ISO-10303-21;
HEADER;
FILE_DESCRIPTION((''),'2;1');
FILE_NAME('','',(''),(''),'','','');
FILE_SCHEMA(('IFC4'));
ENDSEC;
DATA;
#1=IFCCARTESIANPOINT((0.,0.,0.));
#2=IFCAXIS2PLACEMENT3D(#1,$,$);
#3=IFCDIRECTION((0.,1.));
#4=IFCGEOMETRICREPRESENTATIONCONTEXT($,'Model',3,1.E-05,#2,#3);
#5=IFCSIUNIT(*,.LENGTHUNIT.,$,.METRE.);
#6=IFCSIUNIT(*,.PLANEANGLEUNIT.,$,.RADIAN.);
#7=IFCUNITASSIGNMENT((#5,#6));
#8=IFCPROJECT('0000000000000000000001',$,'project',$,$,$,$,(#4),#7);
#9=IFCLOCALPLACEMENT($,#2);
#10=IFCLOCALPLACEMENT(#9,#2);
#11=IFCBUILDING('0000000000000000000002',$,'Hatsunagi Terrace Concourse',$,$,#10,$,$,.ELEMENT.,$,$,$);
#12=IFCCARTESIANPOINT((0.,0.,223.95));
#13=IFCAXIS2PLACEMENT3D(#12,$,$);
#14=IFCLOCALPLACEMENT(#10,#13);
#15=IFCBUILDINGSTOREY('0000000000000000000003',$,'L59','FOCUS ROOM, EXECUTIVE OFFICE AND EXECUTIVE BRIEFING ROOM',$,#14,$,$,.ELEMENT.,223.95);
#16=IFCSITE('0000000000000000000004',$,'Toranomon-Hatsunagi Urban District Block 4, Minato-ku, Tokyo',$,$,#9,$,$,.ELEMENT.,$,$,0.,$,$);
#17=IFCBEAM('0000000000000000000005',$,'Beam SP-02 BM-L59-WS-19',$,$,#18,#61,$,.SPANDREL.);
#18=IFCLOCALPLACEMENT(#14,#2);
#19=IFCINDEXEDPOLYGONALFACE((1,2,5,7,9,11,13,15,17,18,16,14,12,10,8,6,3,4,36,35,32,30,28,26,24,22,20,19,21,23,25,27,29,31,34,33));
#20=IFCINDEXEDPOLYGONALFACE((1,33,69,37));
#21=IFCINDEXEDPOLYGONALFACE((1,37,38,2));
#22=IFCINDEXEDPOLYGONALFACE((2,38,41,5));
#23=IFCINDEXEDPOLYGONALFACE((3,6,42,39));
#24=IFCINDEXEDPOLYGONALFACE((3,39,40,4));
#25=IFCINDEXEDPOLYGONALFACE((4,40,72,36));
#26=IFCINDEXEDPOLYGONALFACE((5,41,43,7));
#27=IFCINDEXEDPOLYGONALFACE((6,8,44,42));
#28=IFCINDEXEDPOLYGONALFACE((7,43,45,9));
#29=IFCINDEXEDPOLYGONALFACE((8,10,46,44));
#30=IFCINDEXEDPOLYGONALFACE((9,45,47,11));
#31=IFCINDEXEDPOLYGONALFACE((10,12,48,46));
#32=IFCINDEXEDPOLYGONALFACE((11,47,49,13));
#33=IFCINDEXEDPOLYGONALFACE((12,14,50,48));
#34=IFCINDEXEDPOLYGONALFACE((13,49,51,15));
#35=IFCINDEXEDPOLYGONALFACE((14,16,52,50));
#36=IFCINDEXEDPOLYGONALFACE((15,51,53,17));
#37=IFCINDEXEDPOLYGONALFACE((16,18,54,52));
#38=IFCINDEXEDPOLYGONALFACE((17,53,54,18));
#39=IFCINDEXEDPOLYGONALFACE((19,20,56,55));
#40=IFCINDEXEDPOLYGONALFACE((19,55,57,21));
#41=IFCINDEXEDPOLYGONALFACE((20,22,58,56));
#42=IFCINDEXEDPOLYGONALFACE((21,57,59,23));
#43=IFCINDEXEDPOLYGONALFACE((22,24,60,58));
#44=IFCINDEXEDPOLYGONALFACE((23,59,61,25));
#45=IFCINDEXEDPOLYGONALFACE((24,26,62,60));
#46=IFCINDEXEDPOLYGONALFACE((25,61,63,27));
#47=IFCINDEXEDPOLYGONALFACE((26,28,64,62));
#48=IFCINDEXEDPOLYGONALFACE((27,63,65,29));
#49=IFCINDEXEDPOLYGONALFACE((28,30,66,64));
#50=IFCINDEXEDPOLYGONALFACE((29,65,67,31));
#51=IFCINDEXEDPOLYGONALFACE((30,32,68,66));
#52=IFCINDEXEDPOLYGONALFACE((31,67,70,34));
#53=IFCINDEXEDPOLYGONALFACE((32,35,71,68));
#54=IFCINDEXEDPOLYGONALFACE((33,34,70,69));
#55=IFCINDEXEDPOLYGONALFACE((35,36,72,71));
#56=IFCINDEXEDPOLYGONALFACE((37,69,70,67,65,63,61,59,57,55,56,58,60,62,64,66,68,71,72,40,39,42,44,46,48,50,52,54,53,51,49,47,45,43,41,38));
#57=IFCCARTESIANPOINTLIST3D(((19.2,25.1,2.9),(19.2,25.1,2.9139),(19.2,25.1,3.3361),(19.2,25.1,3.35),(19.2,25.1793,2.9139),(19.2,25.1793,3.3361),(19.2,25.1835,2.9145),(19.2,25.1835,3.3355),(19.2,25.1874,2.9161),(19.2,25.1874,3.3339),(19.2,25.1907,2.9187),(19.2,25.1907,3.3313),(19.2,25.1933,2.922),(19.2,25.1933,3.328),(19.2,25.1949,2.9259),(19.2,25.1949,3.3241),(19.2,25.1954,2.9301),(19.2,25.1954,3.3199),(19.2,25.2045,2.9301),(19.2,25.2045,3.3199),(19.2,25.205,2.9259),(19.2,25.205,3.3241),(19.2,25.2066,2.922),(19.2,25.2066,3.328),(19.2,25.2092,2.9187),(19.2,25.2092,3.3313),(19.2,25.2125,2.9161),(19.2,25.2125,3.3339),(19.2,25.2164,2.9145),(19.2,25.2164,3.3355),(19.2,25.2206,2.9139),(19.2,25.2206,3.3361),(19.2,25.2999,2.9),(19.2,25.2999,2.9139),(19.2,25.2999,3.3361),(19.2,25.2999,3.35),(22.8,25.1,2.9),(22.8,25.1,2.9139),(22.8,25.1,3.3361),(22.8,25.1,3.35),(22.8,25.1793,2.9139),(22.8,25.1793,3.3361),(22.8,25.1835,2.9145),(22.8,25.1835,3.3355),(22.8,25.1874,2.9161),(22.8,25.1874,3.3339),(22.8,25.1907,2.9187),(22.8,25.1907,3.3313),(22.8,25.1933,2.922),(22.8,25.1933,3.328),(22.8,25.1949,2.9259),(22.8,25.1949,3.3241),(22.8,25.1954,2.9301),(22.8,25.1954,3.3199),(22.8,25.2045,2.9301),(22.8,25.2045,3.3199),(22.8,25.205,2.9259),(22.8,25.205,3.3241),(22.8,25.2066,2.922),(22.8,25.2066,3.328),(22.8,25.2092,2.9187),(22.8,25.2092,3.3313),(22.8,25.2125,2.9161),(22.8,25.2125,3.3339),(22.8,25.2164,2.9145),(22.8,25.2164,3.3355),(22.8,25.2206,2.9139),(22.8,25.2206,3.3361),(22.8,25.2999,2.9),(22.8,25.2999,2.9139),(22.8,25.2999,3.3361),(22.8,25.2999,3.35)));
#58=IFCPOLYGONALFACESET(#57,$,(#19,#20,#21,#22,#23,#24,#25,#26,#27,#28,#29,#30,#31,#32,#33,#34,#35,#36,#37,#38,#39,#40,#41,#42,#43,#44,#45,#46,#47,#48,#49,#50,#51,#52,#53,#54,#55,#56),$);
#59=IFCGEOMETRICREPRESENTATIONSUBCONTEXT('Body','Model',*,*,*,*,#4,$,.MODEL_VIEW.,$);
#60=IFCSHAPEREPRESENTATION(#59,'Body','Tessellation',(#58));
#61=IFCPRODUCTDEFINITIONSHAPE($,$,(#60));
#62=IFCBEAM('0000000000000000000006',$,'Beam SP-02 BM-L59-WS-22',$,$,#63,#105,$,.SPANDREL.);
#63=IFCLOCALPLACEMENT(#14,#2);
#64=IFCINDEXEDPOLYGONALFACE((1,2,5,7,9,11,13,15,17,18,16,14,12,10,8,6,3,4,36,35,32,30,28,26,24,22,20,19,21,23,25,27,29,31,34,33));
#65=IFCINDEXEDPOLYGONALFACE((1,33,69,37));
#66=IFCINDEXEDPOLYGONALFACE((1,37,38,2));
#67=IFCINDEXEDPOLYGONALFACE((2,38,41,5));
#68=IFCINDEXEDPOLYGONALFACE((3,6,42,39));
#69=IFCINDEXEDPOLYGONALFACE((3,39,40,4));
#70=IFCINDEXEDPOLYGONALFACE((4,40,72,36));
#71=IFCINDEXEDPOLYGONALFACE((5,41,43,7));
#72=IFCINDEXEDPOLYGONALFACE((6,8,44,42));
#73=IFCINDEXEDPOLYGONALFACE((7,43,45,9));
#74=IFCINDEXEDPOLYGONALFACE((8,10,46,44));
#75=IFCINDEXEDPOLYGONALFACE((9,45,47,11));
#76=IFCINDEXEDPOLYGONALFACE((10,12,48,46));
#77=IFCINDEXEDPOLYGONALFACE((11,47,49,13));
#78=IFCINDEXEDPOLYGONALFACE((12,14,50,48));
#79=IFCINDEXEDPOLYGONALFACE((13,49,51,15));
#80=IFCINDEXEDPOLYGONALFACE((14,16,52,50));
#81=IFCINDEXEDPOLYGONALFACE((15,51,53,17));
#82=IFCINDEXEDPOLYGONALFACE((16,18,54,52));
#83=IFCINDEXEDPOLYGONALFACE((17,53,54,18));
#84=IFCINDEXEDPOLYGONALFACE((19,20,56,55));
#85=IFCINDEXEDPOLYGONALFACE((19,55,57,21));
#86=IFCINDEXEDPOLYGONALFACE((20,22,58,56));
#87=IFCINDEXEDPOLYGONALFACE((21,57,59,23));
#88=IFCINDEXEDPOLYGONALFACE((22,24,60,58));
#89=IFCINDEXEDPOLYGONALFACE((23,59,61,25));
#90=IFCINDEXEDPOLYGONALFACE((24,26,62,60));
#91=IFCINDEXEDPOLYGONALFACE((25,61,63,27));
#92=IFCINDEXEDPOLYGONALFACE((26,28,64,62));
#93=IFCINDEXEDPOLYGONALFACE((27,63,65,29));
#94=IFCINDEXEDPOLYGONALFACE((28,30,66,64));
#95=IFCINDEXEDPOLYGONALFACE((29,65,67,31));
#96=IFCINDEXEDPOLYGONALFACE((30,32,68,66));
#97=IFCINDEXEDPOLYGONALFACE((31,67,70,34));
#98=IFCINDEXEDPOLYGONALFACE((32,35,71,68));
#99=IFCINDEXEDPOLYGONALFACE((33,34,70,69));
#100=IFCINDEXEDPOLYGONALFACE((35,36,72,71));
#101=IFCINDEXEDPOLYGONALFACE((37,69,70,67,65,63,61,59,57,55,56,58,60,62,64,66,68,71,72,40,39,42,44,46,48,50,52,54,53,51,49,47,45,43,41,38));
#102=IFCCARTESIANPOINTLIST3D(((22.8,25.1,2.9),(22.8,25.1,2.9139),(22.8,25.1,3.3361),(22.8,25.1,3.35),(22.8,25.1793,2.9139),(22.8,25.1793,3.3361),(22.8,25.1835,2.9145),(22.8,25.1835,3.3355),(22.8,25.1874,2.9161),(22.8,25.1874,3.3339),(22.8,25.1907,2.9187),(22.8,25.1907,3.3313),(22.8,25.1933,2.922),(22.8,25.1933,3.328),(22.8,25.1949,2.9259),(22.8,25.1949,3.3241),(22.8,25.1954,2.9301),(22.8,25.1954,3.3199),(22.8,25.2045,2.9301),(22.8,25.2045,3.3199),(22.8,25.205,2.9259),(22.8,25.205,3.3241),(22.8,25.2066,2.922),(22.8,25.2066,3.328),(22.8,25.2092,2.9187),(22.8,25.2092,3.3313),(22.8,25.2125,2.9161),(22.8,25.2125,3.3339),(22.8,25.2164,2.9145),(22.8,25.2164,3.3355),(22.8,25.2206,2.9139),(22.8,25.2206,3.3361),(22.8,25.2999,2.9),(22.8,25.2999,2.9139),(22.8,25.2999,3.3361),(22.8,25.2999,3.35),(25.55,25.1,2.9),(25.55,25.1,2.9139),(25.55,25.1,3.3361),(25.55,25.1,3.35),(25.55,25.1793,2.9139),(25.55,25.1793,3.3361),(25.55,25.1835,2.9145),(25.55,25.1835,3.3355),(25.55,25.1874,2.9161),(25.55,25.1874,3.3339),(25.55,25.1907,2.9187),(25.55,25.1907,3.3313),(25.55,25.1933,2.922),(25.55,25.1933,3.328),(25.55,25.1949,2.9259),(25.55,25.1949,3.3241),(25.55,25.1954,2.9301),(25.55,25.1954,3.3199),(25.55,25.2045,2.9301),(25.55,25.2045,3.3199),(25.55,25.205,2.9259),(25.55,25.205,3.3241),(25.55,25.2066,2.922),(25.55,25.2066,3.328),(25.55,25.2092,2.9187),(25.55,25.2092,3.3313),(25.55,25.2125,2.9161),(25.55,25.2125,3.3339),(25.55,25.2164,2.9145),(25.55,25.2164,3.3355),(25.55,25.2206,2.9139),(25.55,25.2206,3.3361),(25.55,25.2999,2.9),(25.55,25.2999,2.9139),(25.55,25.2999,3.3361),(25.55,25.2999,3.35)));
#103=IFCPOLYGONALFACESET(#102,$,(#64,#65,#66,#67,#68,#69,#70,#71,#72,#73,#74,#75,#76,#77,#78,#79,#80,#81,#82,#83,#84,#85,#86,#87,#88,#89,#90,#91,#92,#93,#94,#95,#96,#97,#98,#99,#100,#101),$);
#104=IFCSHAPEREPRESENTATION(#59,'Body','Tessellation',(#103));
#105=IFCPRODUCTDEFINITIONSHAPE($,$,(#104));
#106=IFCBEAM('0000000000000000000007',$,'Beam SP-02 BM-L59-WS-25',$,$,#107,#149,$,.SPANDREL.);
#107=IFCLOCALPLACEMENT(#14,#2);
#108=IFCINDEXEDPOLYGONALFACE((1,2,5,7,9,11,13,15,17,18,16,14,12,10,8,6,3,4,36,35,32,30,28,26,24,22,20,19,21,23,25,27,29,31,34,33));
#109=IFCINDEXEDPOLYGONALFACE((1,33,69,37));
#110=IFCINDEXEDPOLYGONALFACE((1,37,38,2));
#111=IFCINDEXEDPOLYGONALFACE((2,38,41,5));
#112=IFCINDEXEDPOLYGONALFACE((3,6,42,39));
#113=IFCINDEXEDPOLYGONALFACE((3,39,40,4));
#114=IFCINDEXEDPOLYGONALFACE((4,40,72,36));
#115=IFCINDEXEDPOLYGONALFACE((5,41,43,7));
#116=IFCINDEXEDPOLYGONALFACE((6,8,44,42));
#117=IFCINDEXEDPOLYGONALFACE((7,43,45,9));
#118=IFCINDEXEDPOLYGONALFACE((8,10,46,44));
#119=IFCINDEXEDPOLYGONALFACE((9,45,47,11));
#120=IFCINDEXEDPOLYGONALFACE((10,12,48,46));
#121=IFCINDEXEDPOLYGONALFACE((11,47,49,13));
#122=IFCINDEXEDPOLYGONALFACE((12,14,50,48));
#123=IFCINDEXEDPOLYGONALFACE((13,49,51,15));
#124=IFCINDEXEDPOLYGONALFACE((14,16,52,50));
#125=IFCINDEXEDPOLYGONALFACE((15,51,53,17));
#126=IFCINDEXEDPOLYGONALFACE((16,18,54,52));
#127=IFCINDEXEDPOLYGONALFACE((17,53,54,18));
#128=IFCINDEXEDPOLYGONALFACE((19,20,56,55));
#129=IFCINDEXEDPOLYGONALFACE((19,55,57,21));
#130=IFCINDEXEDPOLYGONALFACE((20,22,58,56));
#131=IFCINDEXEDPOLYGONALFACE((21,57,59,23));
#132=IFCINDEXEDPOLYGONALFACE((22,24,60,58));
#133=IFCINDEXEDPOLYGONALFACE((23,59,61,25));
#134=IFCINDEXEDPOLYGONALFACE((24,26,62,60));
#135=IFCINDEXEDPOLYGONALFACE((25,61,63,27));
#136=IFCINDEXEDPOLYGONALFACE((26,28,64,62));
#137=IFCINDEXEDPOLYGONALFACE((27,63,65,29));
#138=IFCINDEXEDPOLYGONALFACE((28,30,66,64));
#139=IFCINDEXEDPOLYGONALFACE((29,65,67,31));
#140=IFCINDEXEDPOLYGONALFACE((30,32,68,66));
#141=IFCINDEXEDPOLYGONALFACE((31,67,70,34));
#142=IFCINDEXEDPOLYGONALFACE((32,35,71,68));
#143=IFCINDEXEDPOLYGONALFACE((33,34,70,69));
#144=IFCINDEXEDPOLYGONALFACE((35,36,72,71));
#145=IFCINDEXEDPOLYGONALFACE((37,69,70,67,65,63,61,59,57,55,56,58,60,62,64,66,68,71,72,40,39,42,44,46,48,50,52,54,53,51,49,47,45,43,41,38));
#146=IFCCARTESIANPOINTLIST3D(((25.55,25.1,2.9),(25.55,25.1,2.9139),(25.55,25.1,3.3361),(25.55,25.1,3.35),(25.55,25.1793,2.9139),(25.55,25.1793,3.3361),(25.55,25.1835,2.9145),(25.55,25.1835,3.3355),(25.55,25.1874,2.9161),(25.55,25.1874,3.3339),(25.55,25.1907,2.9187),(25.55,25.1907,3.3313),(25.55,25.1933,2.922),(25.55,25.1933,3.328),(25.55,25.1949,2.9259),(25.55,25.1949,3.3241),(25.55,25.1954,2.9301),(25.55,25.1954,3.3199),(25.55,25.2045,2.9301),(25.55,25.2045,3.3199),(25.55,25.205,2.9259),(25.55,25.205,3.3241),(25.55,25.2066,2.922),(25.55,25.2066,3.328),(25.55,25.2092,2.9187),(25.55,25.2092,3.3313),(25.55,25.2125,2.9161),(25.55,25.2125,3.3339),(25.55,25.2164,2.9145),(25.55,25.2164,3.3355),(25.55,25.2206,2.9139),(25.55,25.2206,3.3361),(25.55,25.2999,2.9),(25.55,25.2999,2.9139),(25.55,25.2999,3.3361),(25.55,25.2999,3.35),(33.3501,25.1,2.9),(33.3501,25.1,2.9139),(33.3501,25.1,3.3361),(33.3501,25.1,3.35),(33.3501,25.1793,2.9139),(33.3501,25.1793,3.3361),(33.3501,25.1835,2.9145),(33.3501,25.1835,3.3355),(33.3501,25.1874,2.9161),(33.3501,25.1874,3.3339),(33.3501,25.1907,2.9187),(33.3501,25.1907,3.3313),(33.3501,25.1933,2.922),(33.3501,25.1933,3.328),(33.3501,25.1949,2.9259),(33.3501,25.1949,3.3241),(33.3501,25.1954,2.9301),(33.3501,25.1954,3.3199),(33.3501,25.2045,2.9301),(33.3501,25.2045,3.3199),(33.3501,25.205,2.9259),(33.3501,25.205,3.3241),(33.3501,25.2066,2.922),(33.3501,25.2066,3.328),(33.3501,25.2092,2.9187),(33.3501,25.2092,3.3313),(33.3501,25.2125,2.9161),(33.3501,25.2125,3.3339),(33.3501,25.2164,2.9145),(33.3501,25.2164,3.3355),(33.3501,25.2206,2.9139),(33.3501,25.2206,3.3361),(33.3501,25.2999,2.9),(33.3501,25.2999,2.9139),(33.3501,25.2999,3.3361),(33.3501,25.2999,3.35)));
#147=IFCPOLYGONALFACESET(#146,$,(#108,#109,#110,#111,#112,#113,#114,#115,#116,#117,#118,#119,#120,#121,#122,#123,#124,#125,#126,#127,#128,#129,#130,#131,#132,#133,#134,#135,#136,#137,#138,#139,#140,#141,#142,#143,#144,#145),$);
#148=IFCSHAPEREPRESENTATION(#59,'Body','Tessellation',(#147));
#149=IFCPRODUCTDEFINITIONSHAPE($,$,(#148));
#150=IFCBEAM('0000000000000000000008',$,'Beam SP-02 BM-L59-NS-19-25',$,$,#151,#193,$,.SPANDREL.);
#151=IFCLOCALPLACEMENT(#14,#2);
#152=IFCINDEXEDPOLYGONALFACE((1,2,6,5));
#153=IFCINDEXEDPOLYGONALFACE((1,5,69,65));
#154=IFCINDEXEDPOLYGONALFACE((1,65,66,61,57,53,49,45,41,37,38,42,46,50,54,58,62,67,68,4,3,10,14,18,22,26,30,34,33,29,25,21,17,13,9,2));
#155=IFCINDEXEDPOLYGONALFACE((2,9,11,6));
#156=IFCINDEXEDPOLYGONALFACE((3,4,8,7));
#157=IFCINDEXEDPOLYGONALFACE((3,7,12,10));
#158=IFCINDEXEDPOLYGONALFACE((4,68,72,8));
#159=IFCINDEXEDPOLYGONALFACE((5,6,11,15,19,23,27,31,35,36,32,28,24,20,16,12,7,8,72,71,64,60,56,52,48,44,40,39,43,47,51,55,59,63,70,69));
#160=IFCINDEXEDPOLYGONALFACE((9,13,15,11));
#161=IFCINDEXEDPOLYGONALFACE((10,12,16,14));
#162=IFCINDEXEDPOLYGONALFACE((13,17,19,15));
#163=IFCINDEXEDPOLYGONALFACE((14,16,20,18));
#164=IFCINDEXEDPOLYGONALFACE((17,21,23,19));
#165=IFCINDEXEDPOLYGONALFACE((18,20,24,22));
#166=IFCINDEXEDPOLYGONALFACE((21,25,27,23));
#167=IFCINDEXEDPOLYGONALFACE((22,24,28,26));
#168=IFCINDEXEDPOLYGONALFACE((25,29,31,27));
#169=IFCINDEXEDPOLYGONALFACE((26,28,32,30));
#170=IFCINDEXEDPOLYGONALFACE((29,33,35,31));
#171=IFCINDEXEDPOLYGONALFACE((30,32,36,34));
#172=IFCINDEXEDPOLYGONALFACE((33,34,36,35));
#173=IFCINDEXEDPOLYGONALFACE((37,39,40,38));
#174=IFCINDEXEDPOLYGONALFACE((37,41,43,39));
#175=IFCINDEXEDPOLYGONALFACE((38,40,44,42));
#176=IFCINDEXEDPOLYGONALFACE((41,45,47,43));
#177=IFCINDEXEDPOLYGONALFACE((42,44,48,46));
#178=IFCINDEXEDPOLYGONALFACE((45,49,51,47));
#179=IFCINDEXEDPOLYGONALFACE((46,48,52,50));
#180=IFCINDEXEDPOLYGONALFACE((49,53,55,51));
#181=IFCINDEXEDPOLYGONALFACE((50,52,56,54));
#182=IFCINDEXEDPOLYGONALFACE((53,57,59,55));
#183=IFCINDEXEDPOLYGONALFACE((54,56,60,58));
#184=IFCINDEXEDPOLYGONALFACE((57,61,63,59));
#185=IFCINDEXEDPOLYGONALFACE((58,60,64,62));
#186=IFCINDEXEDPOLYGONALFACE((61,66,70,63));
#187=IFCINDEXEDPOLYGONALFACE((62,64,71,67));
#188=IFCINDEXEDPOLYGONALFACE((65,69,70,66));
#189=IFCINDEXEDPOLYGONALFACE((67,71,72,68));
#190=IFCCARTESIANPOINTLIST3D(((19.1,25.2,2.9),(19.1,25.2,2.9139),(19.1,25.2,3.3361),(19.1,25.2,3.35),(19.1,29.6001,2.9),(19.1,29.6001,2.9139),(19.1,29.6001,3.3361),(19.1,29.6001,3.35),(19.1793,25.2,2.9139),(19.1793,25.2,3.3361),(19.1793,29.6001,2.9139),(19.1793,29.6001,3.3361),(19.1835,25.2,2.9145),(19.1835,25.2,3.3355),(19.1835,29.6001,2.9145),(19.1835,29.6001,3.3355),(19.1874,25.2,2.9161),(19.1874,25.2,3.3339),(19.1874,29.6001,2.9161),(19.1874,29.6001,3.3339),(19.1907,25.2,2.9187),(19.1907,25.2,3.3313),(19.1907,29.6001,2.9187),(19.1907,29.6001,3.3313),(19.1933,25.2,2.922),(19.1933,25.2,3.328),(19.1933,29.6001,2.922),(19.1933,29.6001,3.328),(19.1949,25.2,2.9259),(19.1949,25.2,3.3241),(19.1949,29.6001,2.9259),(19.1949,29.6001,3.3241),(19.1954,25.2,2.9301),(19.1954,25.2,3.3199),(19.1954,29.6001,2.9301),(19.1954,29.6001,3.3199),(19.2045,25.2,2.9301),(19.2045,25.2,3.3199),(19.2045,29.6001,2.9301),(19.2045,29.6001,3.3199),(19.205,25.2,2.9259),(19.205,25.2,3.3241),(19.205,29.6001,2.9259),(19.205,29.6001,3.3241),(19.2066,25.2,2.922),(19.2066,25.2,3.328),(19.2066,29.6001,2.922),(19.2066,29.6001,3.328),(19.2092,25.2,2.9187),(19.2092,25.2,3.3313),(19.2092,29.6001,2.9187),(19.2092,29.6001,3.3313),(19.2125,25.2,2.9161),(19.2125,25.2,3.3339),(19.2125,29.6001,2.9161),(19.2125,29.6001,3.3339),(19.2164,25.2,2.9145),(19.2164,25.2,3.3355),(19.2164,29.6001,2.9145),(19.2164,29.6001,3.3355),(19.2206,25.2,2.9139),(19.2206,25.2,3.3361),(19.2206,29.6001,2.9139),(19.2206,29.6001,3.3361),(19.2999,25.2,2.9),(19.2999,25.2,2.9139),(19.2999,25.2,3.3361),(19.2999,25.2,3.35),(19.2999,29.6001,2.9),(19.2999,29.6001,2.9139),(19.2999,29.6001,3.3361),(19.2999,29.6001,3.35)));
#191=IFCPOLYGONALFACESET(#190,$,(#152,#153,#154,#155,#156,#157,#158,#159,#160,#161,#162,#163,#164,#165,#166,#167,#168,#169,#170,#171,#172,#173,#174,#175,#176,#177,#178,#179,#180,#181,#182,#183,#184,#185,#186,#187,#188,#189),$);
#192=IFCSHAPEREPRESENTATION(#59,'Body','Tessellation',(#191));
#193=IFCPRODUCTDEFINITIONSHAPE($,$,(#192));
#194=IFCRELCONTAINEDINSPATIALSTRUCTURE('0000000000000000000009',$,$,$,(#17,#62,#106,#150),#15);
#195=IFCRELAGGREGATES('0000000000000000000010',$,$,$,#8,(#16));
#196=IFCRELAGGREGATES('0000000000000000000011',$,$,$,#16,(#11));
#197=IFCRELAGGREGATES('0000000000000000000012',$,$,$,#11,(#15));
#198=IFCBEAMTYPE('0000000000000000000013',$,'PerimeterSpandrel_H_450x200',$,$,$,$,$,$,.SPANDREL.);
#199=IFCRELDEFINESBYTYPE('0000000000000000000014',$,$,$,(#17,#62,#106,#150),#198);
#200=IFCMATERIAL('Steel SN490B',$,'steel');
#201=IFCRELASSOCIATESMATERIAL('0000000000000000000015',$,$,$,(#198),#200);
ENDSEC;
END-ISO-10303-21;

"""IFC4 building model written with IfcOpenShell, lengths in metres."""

from ifc_helpers import new_model, si_unit, direction, frame, origin, origin_2d, place, context, subcontext, project, spatial, i_section, extrude, material, material_profile, profile_set, type_object, element, save


model = new_model("IFC4")

# Units and contexts
model_context = context("Model", 3, precision=1e-05, world=origin(), true_north=direction((0.0, 1.0)))
body_context = subcontext(model_context, "Body", "Model", "MODEL_VIEW")
ifc_project = project(units=[si_unit("LENGTHUNIT", "METRE"), si_unit("PLANEANGLEUNIT", "RADIAN")], contexts=[model_context])

# Site, building, storey
site_placement = place(None, origin())
site = spatial("IfcSite", under=ifc_project, at=site_placement, Name="Toranomon-Hatsunagi Urban District Block 4, Minato-ku, Tokyo", CompositionType="ELEMENT", RefElevation=0.0)
building_placement = place(site_placement, origin())
building = spatial("IfcBuilding", under=site, at=building_placement, Name="Hatsunagi Terrace Concourse", CompositionType="ELEMENT")
storey_placement = place(building_placement, frame((0.0, 0.0, 223.95)))
storey = spatial("IfcBuildingStorey", under=building, at=storey_placement, Name="L59", Description="FOCUS ROOM, EXECUTIVE OFFICE AND EXECUTIVE BRIEFING ROOM", CompositionType="ELEMENT", Elevation=223.95)

# Beams
ifc_material_1 = material(Name="Steel SN490B", Category="steel")
ifc_material_profile_1 = material_profile(ifc_material_1, i_section(OverallWidth=0.2, OverallDepth=0.45, WebThickness=0.009, FlangeThickness=0.0139, FilletRadius=0.0161, at=origin_2d()), Name="H-450x200x9x14")
ifc_profile_set_1 = profile_set([ifc_material_profile_1], Name="Steel SN490B")
beam_type_1 = type_object("IfcBeamType", Name="PerimeterSpandrel_H_450x200", PredefinedType="SPANDREL", material=ifc_profile_set_1)
beam_1_placement = place(storey_placement, frame((19.2, 25.2, 3.125), z_axis=(1.0, 0.0, 0.0), x_axis=(0.0, 1.0, 0.0)))
element("IfcBeam", 1, at=beam_1_placement, inside=storey, type_object=beam_type_1, Name="Beam SP-02 BM-L59-WS-19", PredefinedType="SPANDREL", context=body_context, shape_type="SweptSolid", body=[
    extrude(i_section(OverallWidth=0.2, OverallDepth=0.45, WebThickness=0.009, FlangeThickness=0.0139, FilletRadius=0.0161, at=origin_2d()), origin(), (0.0, 0.0, 1.0), 3.6001),
])
beam_2_placement = place(storey_placement, frame((22.8, 25.2, 3.125), z_axis=(1.0, 0.0, 0.0), x_axis=(0.0, 1.0, 0.0)))
element("IfcBeam", 2, at=beam_2_placement, inside=storey, type_object=beam_type_1, Name="Beam SP-02 BM-L59-WS-22", PredefinedType="SPANDREL", context=body_context, shape_type="SweptSolid", body=[
    extrude(i_section(OverallWidth=0.2, OverallDepth=0.45, WebThickness=0.009, FlangeThickness=0.0139, FilletRadius=0.0161, at=origin_2d()), origin(), (0.0, 0.0, 1.0), 2.75),
])
beam_3_placement = place(storey_placement, frame((25.55, 25.2, 3.125), z_axis=(1.0, 0.0, 0.0), x_axis=(0.0, 1.0, 0.0)))
element("IfcBeam", 3, at=beam_3_placement, inside=storey, type_object=beam_type_1, Name="Beam SP-02 BM-L59-WS-25", PredefinedType="SPANDREL", context=body_context, shape_type="SweptSolid", body=[
    extrude(i_section(OverallWidth=0.2, OverallDepth=0.45, WebThickness=0.009, FlangeThickness=0.0139, FilletRadius=0.0161, at=origin_2d()), origin(), (0.0, 0.0, 1.0), 7.8),
])
beam_4_placement = place(storey_placement, frame((19.2, 25.2, 3.125), z_axis=(0.0, 1.0, 0.0), x_axis=(-1.0, 0.0, 0.0)))
element("IfcBeam", 4, at=beam_4_placement, inside=storey, type_object=beam_type_1, Name="Beam SP-02 BM-L59-NS-19-25", PredefinedType="SPANDREL", context=body_context, shape_type="SweptSolid", body=[
    extrude(i_section(OverallWidth=0.2, OverallDepth=0.45, WebThickness=0.009, FlangeThickness=0.0139, FilletRadius=0.0161, at=origin_2d()), origin(), (0.0, 0.0, 1.0), 4.4001),
])

save(model, "model.ifc")
